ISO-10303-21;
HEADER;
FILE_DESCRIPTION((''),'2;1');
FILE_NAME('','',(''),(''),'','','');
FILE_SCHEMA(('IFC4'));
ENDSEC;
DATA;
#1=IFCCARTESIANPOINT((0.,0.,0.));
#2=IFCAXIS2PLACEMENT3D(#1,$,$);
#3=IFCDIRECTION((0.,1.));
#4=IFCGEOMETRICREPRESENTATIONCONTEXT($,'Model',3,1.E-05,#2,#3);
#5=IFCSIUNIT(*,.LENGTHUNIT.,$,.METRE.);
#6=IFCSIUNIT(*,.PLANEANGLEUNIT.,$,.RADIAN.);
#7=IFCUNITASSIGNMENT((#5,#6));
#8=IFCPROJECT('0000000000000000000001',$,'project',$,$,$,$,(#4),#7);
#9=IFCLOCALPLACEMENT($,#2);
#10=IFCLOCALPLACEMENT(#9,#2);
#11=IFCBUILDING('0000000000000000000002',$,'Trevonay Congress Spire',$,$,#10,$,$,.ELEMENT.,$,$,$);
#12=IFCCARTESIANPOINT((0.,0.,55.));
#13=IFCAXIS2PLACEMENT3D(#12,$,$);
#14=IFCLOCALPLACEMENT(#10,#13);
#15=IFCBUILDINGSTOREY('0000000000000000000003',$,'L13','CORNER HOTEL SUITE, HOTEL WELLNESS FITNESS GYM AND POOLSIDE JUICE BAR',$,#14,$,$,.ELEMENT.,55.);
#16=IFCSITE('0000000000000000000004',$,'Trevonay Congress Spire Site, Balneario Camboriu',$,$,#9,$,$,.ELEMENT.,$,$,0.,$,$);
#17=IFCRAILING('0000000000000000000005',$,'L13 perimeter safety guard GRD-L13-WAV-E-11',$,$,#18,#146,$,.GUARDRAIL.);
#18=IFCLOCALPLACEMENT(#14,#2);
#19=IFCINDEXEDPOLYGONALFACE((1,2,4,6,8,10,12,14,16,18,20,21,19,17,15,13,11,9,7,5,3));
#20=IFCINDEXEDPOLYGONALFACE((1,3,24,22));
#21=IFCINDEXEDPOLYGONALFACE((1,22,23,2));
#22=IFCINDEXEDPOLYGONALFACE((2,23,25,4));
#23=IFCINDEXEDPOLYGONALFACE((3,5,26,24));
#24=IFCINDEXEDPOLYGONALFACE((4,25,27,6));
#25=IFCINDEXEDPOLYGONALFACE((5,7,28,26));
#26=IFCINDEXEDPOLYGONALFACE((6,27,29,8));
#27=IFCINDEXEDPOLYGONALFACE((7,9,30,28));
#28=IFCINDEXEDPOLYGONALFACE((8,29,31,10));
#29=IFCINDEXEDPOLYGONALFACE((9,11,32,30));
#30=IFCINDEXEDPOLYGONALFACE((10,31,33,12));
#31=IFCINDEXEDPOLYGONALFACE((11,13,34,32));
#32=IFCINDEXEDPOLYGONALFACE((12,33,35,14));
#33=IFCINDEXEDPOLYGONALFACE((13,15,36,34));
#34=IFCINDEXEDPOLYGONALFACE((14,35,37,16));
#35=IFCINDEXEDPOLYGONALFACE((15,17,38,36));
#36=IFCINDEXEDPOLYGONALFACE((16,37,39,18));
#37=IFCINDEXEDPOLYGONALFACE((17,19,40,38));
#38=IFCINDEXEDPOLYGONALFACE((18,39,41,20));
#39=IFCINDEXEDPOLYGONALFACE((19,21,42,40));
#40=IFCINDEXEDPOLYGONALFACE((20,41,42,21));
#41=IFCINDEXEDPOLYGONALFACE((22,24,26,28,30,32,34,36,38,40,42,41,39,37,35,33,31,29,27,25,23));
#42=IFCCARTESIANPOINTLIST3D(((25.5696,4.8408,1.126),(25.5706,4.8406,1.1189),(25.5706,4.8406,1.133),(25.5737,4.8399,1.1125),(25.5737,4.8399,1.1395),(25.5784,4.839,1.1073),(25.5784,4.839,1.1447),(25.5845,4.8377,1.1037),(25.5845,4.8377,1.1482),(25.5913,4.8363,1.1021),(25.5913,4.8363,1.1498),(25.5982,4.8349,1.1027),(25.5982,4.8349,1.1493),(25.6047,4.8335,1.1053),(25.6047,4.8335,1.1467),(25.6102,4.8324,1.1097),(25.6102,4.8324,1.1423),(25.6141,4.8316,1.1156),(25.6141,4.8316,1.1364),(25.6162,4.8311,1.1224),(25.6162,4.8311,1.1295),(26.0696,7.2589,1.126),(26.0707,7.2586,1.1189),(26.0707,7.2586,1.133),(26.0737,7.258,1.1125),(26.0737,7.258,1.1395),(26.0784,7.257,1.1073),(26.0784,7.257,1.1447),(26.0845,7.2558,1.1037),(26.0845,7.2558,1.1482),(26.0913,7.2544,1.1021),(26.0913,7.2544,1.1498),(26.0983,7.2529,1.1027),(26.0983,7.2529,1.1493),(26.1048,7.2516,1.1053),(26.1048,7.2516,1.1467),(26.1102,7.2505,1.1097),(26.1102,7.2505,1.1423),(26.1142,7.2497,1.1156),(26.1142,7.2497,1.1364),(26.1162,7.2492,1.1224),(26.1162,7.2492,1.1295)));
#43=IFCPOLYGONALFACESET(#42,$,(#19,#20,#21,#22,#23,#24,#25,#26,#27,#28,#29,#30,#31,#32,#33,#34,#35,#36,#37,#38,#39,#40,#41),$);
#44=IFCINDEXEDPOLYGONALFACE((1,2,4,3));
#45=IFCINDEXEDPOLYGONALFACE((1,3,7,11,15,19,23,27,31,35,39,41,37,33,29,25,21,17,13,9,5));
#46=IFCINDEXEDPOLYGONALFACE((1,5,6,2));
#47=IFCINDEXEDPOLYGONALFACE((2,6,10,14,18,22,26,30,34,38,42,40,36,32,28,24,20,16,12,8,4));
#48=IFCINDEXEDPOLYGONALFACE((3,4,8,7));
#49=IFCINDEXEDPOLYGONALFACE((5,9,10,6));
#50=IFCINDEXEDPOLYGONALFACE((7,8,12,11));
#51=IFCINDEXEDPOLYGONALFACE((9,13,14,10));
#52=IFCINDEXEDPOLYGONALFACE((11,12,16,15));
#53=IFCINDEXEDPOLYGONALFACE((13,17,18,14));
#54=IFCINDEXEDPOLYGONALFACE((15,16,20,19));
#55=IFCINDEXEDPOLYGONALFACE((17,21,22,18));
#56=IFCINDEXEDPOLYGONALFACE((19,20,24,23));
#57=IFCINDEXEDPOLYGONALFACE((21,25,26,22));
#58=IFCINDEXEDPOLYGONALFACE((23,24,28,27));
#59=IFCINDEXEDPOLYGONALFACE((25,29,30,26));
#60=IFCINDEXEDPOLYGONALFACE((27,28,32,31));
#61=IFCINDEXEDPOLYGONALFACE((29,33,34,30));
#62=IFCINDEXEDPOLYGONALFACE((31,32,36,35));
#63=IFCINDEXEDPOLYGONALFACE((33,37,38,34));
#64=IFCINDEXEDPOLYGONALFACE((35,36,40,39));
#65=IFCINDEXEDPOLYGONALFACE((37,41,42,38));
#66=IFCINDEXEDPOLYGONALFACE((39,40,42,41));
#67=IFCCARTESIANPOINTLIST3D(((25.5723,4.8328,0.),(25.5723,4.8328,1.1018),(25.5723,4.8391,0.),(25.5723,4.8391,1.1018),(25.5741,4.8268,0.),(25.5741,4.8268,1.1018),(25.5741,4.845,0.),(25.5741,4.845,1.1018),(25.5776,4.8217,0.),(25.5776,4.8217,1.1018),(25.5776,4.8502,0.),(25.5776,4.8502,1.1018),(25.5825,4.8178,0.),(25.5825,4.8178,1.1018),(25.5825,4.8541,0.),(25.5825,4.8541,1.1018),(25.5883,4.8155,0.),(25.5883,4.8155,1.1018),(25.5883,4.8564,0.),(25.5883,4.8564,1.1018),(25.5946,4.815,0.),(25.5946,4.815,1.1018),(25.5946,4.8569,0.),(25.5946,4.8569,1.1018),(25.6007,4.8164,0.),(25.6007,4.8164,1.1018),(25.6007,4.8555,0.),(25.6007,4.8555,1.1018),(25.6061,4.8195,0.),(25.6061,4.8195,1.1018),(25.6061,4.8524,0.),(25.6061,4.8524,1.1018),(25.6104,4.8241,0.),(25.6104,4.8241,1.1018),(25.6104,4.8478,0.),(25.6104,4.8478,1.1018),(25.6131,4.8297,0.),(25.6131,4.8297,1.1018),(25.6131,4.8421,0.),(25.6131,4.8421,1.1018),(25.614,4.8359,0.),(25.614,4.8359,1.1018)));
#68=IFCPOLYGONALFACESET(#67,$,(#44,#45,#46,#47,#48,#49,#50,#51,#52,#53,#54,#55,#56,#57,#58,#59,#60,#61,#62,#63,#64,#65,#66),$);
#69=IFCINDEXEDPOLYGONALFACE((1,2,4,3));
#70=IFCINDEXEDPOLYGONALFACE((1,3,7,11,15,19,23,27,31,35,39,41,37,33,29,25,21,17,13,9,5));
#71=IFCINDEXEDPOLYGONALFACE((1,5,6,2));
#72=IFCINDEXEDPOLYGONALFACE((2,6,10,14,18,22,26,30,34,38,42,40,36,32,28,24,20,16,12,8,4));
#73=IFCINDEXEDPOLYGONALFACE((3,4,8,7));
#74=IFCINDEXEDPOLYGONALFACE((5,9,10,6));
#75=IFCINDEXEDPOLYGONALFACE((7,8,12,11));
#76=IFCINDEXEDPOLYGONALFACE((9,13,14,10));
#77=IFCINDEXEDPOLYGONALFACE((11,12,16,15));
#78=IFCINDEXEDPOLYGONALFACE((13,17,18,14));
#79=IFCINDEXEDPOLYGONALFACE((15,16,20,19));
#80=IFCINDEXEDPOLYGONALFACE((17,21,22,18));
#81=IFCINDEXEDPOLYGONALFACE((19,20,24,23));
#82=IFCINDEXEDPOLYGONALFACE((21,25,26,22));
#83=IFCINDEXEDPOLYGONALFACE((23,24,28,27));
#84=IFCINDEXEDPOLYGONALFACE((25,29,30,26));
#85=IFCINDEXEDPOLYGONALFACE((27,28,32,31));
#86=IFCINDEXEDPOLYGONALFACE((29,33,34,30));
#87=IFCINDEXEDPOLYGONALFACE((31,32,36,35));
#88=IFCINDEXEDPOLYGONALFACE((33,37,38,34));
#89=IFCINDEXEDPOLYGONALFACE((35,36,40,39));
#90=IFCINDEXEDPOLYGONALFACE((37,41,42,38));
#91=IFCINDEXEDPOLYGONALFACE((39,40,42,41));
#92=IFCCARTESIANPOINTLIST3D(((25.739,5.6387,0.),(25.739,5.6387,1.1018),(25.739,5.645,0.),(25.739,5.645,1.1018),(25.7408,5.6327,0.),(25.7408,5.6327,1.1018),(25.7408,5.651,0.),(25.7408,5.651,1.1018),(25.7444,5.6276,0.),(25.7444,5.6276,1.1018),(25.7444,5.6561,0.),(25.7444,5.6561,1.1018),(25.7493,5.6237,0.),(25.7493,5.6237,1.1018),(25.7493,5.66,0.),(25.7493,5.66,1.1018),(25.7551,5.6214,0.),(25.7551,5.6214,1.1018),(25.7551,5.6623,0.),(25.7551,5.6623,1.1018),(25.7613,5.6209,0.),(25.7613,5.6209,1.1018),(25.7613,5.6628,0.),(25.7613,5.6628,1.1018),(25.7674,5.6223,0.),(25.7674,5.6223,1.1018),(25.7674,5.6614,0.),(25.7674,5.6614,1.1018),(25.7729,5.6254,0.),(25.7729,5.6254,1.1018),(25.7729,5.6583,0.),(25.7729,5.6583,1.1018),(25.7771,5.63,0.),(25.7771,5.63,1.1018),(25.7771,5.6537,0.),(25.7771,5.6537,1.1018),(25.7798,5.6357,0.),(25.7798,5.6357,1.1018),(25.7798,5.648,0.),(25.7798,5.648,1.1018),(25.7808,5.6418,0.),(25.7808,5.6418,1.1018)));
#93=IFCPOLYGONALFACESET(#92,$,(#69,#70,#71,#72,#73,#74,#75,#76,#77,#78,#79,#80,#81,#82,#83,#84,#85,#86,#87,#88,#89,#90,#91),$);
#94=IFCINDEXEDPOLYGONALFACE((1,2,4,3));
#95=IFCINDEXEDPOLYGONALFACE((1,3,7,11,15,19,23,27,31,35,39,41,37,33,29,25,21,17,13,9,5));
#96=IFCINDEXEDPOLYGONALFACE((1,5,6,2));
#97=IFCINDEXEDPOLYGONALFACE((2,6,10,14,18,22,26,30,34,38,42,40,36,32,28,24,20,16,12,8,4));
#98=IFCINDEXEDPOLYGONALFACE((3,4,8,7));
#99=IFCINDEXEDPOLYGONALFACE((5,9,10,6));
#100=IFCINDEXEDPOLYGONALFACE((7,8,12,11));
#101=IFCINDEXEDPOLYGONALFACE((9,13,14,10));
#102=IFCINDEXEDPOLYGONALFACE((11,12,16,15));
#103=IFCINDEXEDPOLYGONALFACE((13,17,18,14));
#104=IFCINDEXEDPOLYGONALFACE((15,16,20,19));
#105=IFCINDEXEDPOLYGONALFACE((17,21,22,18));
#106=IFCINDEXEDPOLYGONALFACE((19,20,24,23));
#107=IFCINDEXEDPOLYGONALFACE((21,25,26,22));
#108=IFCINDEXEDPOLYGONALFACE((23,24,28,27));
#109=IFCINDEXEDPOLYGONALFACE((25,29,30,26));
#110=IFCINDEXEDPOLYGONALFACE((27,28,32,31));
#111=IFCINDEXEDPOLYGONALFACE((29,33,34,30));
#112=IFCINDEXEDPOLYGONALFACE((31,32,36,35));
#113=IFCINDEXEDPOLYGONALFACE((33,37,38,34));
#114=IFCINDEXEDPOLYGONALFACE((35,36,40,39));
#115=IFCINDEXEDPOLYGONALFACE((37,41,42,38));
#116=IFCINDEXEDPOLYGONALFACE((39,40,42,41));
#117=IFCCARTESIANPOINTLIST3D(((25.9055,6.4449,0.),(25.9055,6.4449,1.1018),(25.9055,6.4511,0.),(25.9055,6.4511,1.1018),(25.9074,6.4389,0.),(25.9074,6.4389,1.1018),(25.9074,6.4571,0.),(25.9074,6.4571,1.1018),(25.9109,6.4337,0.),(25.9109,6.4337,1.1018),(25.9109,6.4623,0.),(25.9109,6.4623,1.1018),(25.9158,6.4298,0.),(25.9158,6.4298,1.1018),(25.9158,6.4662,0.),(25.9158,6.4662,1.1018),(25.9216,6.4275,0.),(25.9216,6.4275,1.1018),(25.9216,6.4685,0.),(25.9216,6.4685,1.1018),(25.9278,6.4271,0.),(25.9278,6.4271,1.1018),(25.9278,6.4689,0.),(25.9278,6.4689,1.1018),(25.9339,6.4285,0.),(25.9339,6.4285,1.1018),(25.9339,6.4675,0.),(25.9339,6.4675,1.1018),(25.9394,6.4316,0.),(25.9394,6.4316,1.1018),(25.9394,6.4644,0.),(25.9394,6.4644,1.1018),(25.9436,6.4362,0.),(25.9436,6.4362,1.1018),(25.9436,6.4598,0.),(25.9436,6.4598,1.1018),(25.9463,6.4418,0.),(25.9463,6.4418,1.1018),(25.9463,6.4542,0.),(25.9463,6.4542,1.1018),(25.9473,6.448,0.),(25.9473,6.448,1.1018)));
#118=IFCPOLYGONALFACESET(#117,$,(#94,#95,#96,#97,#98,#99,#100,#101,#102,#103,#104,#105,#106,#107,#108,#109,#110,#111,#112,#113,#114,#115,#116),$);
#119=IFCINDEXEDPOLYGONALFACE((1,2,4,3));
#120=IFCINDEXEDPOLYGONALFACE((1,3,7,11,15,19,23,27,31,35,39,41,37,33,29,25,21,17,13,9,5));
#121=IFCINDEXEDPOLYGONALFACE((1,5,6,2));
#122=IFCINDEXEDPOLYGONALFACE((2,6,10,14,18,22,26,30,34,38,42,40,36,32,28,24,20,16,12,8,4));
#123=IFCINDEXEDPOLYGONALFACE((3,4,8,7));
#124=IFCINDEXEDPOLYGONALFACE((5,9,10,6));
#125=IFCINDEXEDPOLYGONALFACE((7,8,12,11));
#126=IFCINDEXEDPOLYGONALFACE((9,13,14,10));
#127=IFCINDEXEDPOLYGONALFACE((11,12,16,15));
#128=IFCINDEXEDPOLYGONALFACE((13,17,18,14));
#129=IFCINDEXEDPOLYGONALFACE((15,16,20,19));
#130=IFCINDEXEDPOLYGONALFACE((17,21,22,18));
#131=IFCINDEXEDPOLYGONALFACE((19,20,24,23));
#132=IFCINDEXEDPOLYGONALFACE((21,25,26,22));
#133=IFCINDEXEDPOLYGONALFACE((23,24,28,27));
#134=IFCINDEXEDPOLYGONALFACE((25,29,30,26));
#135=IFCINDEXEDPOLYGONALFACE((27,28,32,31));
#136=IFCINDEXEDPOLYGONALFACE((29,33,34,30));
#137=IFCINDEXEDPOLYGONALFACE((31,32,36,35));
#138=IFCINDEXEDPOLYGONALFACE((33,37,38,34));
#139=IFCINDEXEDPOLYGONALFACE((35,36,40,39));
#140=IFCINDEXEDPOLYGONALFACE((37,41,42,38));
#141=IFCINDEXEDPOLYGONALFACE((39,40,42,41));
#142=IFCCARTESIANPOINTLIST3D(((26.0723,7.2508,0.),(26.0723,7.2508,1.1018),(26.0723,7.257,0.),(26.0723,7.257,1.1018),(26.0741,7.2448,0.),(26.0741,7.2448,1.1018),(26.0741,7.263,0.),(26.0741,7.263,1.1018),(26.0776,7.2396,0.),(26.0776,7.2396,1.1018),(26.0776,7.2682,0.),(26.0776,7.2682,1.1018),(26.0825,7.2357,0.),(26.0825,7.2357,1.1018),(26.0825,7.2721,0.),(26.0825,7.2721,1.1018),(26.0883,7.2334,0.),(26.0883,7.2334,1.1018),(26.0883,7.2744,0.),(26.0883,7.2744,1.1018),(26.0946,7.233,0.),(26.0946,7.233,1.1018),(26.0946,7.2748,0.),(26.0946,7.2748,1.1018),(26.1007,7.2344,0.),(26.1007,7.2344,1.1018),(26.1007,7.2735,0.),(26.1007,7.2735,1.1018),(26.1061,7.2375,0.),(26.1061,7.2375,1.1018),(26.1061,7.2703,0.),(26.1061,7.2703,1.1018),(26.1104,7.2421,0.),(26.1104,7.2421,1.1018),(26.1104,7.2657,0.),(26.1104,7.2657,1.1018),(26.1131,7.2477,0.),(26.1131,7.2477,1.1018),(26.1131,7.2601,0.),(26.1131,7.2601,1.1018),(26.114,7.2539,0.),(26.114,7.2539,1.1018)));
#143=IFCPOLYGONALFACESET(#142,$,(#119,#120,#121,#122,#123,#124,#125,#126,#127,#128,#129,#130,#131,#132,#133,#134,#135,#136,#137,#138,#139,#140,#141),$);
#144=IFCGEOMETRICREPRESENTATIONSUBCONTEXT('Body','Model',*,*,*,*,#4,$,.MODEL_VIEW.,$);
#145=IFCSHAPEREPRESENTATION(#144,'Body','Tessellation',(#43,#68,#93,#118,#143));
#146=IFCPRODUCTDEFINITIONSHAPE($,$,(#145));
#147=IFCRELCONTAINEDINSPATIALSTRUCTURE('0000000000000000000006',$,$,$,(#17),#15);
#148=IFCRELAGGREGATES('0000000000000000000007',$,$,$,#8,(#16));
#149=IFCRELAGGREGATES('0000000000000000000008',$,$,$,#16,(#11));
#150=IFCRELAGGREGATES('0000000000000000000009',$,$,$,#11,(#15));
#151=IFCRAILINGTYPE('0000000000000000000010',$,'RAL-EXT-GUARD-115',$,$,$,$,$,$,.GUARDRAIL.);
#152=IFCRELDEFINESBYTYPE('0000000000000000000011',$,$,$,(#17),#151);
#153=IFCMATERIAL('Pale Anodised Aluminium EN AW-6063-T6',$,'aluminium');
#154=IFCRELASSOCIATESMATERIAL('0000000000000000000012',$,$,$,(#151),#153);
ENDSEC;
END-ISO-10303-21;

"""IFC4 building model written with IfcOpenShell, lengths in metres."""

from ifc_helpers import new_model, si_unit, direction, frame, origin, origin_2d, place, context, subcontext, project, spatial, circle, extrude, material, type_object, element, save


model = new_model("IFC4")

# Units and contexts
model_context = context("Model", 3, precision=1e-05, world=origin(), true_north=direction((0.0, 1.0)))
body_context = subcontext(model_context, "Body", "Model", "MODEL_VIEW")
ifc_project = project(units=[si_unit("LENGTHUNIT", "METRE"), si_unit("PLANEANGLEUNIT", "RADIAN")], contexts=[model_context])

# Site, building, storey
site_placement = place(None, origin())
site = spatial("IfcSite", under=ifc_project, at=site_placement, Name="Trevonay Congress Spire Site, Balneario Camboriu", CompositionType="ELEMENT", RefElevation=0.0)
building_placement = place(site_placement, origin())
building = spatial("IfcBuilding", under=site, at=building_placement, Name="Trevonay Congress Spire", CompositionType="ELEMENT")
storey_placement = place(building_placement, frame((0.0, 0.0, 55.0)))
storey = spatial("IfcBuildingStorey", under=building, at=storey_placement, Name="L13", Description="CORNER HOTEL SUITE, HOTEL WELLNESS FITNESS GYM AND POOLSIDE JUICE BAR", CompositionType="ELEMENT", Elevation=55.0)

# Shared definitions
ifc_material_1 = material(Name="Pale Anodised Aluminium EN AW-6063-T6", Category="aluminium")

# Railing
railing_type = type_object("IfcRailingType", Name="RAL-EXT-GUARD-115", PredefinedType="GUARDRAIL", material=ifc_material_1)
railing_1_placement = place(storey_placement, frame((25.593, 4.8359, 0.0)))
element("IfcRailing", 1, at=railing_1_placement, inside=storey, type_object=railing_type, Name="L13 perimeter safety guard GRD-L13-WAV-E-11", PredefinedType="GUARDRAIL", context=body_context, shape_type="SweptSolid", body=[
    extrude(circle(Radius=0.0239, at=origin_2d()), frame((0.0, 0.0, 1.126), z_axis=(0.202501, 0.979282, 0.0), x_axis=(-0.979282, 0.202501, 0.0)), (0.0, 0.0, 1.0), 2.4692),
    extrude(circle(Radius=0.021, at=origin_2d()), origin(), (0.0, 0.0, 1.0), 1.1018),
    extrude(circle(Radius=0.021, at=origin_2d()), frame((0.1667, 0.8059, 0.0)), (0.0, 0.0, 1.0), 1.1018),
    extrude(circle(Radius=0.021, at=origin_2d()), frame((0.3333, 1.6121, 0.0)), (0.0, 0.0, 1.0), 1.1018),
    extrude(circle(Radius=0.021, at=origin_2d()), frame((0.5, 2.418, 0.0)), (0.0, 0.0, 1.0), 1.1018),
])

save(model, "model.ifc")
